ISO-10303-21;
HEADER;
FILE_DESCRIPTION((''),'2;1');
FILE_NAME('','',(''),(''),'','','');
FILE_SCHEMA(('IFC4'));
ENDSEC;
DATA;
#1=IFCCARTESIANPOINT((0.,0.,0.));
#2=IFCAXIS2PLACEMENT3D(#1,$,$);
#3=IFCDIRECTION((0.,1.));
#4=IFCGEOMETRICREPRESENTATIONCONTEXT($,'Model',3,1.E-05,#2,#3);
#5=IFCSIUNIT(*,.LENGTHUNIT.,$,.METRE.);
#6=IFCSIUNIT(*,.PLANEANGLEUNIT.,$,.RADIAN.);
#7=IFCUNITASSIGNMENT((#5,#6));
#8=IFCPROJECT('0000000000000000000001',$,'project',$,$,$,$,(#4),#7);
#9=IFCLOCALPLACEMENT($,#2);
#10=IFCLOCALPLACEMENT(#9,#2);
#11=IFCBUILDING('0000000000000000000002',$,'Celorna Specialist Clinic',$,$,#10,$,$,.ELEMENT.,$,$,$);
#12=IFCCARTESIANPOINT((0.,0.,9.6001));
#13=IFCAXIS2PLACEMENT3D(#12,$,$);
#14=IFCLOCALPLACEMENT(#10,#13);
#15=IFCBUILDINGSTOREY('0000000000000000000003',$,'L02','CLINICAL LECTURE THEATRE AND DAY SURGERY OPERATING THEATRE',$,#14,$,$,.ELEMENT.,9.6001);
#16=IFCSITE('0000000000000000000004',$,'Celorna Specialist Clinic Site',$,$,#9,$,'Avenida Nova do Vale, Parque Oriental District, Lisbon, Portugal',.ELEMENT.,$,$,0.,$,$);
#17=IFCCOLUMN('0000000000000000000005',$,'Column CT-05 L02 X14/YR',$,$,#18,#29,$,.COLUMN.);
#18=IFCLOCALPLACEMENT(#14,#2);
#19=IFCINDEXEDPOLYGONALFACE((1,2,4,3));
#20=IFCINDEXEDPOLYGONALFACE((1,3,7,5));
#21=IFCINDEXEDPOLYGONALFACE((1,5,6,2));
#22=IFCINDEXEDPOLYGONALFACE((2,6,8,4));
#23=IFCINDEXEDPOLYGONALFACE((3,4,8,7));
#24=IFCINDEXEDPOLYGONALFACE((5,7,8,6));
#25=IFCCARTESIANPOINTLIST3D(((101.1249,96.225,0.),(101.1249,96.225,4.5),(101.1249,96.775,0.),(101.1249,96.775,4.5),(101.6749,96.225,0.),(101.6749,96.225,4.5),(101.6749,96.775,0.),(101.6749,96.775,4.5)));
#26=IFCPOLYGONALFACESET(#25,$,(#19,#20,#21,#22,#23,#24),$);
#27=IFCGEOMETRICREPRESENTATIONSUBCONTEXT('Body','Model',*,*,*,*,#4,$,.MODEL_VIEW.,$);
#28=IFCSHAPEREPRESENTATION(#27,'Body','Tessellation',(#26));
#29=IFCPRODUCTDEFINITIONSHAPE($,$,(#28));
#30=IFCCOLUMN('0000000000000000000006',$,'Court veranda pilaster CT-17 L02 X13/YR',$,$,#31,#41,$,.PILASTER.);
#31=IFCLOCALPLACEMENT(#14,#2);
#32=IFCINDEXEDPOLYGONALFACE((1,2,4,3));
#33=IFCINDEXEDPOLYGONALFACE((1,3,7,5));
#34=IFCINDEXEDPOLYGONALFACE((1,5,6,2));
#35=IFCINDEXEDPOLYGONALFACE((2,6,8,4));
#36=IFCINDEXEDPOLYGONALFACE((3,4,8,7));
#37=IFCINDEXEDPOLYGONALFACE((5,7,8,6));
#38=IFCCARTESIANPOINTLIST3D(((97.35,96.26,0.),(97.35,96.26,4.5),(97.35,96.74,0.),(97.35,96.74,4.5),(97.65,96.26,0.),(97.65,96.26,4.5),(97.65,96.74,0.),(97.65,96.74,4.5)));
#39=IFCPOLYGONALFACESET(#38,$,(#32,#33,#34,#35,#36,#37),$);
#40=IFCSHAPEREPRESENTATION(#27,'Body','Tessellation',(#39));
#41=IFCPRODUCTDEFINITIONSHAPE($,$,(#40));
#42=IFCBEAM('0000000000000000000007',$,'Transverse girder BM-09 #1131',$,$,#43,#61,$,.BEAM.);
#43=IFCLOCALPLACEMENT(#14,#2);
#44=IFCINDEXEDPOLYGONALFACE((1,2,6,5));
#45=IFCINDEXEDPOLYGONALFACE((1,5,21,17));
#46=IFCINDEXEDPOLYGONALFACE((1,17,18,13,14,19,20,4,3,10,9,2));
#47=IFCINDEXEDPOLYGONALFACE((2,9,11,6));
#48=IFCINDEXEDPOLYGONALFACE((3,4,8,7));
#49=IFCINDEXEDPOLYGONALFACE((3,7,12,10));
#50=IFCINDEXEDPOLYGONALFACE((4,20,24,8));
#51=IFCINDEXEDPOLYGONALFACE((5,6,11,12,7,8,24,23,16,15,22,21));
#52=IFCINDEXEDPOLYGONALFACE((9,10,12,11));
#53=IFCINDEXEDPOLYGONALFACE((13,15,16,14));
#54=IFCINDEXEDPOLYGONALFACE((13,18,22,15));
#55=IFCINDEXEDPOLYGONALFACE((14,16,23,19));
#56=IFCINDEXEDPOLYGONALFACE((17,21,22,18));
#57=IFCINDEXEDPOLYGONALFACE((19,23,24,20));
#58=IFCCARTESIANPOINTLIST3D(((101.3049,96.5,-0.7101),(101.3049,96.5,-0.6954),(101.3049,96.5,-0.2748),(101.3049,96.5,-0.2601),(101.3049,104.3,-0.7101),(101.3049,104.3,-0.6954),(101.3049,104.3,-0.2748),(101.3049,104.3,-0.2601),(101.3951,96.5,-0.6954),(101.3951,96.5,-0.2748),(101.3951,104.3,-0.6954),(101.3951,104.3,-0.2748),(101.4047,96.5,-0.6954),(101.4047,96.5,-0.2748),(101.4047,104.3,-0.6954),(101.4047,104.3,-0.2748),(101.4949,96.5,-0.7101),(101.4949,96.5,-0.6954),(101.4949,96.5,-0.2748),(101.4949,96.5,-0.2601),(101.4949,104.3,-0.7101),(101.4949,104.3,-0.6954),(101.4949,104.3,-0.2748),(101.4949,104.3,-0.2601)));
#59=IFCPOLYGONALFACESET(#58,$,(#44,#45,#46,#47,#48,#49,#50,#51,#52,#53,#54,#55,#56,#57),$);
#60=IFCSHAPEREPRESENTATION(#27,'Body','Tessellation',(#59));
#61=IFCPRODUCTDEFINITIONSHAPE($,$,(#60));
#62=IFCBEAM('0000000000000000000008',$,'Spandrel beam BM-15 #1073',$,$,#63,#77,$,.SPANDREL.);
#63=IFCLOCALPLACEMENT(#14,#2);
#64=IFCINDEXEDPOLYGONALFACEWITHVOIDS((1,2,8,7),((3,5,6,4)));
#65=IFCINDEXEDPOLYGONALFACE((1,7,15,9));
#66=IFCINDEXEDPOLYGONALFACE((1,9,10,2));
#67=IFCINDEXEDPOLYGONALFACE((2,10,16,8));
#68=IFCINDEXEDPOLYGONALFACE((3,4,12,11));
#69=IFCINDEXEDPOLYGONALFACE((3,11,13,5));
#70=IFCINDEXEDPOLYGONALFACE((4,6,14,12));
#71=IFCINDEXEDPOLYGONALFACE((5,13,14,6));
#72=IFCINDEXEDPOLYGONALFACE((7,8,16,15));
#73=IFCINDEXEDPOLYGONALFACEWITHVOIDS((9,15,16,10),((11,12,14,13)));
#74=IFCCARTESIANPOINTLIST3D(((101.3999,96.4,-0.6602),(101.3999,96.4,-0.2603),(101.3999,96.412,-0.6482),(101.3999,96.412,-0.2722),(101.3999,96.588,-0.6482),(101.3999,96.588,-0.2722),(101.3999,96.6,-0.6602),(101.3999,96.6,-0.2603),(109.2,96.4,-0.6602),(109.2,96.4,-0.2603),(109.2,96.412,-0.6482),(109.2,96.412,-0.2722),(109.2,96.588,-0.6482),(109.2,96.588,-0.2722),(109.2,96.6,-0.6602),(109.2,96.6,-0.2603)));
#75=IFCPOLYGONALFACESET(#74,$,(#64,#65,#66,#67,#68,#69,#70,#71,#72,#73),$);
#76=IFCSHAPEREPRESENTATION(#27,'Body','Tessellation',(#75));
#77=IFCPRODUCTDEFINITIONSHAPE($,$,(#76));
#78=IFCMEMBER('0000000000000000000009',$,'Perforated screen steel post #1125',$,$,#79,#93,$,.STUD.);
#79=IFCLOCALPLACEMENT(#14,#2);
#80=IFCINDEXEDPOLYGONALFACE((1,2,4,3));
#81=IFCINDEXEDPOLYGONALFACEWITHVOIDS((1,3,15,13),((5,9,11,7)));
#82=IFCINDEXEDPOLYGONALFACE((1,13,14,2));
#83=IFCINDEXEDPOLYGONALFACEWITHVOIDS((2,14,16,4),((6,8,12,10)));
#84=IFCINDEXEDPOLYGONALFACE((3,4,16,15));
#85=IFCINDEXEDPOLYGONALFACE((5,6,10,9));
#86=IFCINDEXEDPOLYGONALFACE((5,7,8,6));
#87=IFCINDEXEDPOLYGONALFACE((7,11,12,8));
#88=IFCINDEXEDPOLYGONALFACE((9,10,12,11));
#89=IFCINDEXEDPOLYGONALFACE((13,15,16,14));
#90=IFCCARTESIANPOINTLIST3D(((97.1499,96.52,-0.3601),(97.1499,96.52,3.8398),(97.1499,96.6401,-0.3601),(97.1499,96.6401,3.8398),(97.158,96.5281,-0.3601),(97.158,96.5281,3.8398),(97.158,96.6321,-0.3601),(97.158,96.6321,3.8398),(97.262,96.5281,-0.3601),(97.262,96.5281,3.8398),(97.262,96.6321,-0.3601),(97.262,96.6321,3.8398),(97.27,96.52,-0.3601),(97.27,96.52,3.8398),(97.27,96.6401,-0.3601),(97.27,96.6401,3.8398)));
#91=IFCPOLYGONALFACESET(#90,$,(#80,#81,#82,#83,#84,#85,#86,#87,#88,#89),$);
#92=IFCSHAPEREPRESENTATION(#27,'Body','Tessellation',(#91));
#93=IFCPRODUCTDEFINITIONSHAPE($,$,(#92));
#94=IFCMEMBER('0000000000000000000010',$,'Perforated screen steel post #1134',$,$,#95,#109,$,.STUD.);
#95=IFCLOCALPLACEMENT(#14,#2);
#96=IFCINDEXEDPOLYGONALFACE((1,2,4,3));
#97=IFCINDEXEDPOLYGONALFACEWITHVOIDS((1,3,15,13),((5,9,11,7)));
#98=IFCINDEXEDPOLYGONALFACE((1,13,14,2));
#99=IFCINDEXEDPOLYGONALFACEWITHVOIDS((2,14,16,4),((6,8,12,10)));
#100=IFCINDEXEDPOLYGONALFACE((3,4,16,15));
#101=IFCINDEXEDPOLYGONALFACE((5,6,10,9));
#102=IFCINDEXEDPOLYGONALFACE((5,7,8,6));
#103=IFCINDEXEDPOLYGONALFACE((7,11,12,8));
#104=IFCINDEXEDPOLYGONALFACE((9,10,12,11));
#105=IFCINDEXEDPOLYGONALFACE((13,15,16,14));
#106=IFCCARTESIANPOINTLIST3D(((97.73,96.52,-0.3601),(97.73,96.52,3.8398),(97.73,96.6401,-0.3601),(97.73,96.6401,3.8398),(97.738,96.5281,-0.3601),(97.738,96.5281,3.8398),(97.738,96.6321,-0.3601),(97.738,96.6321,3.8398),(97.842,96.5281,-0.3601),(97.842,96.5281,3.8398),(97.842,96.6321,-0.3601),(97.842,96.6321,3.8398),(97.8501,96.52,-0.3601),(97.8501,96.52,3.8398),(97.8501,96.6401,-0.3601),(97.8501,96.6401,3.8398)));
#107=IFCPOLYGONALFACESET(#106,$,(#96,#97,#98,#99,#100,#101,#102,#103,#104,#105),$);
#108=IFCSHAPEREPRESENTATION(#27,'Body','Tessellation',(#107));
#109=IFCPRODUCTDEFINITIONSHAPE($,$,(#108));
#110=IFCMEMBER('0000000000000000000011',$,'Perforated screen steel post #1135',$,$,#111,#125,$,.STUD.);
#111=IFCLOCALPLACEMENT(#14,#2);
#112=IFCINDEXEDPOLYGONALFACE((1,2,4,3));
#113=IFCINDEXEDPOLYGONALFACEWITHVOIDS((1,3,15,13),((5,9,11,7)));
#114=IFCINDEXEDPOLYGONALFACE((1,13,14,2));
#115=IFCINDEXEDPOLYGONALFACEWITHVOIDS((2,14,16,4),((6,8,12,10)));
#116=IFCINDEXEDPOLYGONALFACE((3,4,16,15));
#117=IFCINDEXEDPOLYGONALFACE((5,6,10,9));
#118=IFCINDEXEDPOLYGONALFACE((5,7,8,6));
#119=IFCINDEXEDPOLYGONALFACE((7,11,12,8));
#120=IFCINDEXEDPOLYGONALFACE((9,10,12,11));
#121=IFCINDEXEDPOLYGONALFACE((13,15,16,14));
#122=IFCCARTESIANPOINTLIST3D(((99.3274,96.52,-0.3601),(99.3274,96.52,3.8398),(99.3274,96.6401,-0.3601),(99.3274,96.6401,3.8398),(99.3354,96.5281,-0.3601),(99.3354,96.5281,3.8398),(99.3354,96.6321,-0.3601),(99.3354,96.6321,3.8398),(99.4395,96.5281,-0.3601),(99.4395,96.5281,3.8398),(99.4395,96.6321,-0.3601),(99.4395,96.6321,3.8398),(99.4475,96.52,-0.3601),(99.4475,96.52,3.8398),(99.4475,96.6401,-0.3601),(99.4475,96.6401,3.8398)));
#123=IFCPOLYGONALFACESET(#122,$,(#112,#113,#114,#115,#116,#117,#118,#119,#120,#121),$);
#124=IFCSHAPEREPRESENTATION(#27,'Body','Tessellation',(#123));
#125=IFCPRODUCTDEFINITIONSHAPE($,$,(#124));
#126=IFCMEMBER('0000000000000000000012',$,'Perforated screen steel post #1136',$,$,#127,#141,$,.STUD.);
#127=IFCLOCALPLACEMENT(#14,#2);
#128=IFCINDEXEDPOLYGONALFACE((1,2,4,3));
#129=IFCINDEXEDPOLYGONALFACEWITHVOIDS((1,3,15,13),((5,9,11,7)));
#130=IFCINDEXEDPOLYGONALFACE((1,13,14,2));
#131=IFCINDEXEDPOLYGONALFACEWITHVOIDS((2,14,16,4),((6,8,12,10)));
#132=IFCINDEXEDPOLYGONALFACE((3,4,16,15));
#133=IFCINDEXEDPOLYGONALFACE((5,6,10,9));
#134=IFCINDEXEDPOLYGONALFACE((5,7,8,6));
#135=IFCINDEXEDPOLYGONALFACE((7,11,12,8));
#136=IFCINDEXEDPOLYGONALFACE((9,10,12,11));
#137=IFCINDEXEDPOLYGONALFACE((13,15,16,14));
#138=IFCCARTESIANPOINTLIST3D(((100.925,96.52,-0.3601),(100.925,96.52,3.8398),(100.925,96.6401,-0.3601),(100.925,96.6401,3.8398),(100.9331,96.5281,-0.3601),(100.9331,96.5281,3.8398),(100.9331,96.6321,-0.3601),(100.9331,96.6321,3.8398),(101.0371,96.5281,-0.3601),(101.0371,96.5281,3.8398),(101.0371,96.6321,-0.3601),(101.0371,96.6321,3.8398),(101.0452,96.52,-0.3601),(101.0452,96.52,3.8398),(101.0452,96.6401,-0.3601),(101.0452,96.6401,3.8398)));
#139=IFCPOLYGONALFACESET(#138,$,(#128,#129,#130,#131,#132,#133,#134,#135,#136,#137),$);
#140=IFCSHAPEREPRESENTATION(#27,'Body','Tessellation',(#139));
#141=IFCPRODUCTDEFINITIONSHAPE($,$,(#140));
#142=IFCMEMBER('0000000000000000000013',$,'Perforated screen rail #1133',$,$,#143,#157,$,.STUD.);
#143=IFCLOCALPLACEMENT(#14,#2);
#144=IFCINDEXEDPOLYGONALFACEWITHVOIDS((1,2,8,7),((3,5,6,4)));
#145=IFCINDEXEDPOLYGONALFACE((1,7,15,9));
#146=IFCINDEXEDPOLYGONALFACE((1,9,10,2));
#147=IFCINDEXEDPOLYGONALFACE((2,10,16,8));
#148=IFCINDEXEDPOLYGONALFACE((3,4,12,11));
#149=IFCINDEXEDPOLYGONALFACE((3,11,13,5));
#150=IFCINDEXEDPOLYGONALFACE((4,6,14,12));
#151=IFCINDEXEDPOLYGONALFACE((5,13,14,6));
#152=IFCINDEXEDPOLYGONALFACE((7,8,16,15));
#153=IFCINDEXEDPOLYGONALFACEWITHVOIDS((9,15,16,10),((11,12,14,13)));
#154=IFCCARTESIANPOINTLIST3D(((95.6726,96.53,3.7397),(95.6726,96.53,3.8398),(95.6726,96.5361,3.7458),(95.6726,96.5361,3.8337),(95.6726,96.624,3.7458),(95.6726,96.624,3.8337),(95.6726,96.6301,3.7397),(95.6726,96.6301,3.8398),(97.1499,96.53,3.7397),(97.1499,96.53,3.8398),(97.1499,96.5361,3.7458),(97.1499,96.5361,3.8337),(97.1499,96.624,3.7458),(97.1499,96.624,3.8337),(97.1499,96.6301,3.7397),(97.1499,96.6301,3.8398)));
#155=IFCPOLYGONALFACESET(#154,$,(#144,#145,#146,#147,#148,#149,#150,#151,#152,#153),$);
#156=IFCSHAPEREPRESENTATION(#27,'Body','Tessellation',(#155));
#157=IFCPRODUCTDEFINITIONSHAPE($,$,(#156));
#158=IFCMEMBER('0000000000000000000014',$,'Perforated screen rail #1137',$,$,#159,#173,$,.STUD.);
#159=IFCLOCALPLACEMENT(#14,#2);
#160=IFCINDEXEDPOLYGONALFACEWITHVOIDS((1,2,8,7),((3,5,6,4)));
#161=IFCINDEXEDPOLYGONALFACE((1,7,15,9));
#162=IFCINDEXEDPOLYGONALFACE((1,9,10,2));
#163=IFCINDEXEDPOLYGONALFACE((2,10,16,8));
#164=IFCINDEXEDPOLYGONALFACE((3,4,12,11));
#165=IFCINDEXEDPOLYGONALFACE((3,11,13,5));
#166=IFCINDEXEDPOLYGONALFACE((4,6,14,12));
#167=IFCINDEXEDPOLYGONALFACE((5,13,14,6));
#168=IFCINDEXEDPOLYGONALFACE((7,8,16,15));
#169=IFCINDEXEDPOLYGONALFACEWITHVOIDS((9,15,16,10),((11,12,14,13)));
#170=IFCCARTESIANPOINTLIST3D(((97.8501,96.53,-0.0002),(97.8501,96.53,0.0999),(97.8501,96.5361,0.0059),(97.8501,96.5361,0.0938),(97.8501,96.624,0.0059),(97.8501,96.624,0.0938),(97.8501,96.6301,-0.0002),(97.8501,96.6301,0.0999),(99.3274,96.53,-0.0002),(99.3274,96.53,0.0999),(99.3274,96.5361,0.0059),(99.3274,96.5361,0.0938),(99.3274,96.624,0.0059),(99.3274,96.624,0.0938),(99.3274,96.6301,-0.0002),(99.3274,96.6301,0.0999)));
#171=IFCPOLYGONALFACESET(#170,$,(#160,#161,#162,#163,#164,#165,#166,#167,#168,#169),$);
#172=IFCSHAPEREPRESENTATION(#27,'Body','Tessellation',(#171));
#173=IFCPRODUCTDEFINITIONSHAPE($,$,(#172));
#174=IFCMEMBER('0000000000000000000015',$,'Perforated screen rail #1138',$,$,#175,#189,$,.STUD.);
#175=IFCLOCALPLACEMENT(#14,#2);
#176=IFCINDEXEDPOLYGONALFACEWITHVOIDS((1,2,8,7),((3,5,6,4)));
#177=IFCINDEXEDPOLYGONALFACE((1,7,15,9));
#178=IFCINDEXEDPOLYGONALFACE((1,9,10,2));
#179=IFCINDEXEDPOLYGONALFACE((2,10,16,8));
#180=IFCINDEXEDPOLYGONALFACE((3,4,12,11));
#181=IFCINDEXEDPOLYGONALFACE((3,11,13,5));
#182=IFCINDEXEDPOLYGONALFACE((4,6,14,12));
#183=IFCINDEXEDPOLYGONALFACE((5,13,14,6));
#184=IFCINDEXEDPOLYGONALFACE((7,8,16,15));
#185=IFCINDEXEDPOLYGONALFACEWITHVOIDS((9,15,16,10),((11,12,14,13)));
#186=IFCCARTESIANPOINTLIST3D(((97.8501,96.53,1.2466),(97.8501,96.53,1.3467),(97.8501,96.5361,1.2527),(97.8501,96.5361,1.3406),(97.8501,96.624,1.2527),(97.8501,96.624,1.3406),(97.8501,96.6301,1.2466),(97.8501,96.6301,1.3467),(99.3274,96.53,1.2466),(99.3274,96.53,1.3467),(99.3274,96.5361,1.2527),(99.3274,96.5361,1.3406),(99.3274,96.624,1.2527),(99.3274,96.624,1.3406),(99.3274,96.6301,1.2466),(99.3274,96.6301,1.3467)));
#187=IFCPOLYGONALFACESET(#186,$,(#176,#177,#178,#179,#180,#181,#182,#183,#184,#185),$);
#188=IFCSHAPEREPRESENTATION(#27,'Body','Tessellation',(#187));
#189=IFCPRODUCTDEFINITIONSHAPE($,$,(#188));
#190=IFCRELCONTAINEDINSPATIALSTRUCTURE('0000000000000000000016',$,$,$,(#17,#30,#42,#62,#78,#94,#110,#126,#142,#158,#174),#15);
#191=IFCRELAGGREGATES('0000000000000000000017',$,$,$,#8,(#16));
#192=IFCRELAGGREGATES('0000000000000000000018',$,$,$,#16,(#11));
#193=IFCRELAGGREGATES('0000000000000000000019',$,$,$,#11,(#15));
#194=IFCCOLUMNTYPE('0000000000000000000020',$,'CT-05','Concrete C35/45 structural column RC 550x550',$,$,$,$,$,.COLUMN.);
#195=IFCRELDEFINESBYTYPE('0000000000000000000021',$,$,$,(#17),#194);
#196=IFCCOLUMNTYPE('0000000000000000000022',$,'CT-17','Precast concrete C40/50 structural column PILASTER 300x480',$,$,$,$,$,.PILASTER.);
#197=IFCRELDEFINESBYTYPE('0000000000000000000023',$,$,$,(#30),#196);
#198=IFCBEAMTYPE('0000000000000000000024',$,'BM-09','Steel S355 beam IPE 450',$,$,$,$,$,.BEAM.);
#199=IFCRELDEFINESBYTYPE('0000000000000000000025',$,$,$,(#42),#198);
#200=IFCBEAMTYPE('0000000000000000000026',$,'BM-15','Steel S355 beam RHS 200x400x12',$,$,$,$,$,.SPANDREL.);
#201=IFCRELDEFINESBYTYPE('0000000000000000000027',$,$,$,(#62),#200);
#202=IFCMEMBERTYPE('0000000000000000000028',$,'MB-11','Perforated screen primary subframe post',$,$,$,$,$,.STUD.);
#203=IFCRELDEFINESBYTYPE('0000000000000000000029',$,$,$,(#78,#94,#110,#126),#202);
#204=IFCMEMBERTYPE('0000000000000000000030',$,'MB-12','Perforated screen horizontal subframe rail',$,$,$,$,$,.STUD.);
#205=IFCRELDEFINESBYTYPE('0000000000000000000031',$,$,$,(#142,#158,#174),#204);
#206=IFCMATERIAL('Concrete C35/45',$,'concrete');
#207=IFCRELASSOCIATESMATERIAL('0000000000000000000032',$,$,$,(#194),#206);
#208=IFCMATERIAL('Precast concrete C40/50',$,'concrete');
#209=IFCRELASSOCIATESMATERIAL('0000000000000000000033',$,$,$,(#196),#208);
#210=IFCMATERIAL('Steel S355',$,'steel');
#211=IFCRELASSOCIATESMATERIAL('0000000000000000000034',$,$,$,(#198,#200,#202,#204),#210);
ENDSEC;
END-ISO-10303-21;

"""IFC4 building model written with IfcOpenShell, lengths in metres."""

from ifc_helpers import new_model, si_unit, direction, frame, origin, origin_2d, place, context, subcontext, project, spatial, rectangle, hollow_rectangle, i_section, extrude, material, material_profile, profile_set, type_object, element, save


model = new_model("IFC4")

# Units and contexts
model_context = context("Model", 3, precision=1e-05, world=origin(), true_north=direction((0.0, 1.0)))
body_context = subcontext(model_context, "Body", "Model", "MODEL_VIEW")
ifc_project = project(units=[si_unit("LENGTHUNIT", "METRE"), si_unit("PLANEANGLEUNIT", "RADIAN")], contexts=[model_context])

# Site, building, storey
site_placement = place(None, origin())
site = spatial("IfcSite", under=ifc_project, at=site_placement, Name="Celorna Specialist Clinic Site", LongName="Avenida Nova do Vale, Parque Oriental District, Lisbon, Portugal", CompositionType="ELEMENT", RefElevation=0.0)
building_placement = place(site_placement, origin())
building = spatial("IfcBuilding", under=site, at=building_placement, Name="Celorna Specialist Clinic", CompositionType="ELEMENT")
storey_placement = place(building_placement, frame((0.0, 0.0, 9.6001)))
storey = spatial("IfcBuildingStorey", under=building, at=storey_placement, Name="L02", Description="CLINICAL LECTURE THEATRE AND DAY SURGERY OPERATING THEATRE", CompositionType="ELEMENT", Elevation=9.6001)

# Columns
ifc_material_1 = material(Name="Concrete C35/45", Category="concrete")
ifc_material_profile_1 = material_profile(ifc_material_1, rectangle(XDim=0.55, YDim=0.55, at=origin_2d()), Name="RC 550x550")
ifc_profile_set_1 = profile_set([ifc_material_profile_1], Name="Concrete C35/45")
column_type_1 = type_object("IfcColumnType", Name="CT-05", Description="Concrete C35/45 structural column RC 550x550", PredefinedType="COLUMN", material=ifc_profile_set_1)
column_1_placement = place(storey_placement, frame((101.3999, 96.5, 0.0), z_axis=(0.0, 0.0, 1.0), x_axis=(1.0, 0.0, 0.0)))
element("IfcColumn", 1, at=column_1_placement, inside=storey, type_object=column_type_1, Name="Column CT-05 L02 X14/YR", PredefinedType="COLUMN", context=body_context, shape_type="SweptSolid", body=[
    extrude(rectangle(XDim=0.55, YDim=0.55, at=origin_2d()), origin(), (0.0, 0.0, 1.0), 4.5),
])
ifc_material_2 = material(Name="Precast concrete C40/50", Category="concrete")
ifc_material_profile_2 = material_profile(ifc_material_2, rectangle(XDim=0.3, YDim=0.48, at=origin_2d()), Name="PILASTER 300x480")
ifc_profile_set_2 = profile_set([ifc_material_profile_2], Name="Precast concrete C40/50")
column_type_2 = type_object("IfcColumnType", Name="CT-17", Description="Precast concrete C40/50 structural column PILASTER 300x480", PredefinedType="PILASTER", material=ifc_profile_set_2)
column_2_placement = place(storey_placement, frame((97.5, 96.5, 0.0), z_axis=(0.0, 0.0, 1.0), x_axis=(1.0, 0.0, 0.0)))
element("IfcColumn", 2, at=column_2_placement, inside=storey, type_object=column_type_2, Name="Court veranda pilaster CT-17 L02 X13/YR", PredefinedType="PILASTER", context=body_context, shape_type="SweptSolid", body=[
    extrude(rectangle(XDim=0.3, YDim=0.48, at=origin_2d()), origin(), (0.0, 0.0, 1.0), 4.5),
])

# Beams
ifc_material_3 = material(Name="Steel S355", Category="steel")
ifc_material_profile_3 = material_profile(ifc_material_3, i_section(OverallWidth=0.1899, OverallDepth=0.45, WebThickness=0.0095, FlangeThickness=0.0146, at=origin_2d()), Name="IPE 450")
ifc_profile_set_3 = profile_set([ifc_material_profile_3], Name="Steel S355")
beam_type_1 = type_object("IfcBeamType", Name="BM-09", Description="Steel S355 beam IPE 450", PredefinedType="BEAM", material=ifc_profile_set_3)
beam_1_placement = place(storey_placement, frame((101.3999, 96.5, -0.4851), z_axis=(0.0, 1.0, 0.0), x_axis=(-1.0, 0.0, 0.0)))
element("IfcBeam", 3, at=beam_1_placement, inside=storey, type_object=beam_type_1, Name="Transverse girder BM-09 #1131", PredefinedType="BEAM", context=body_context, shape_type="SweptSolid", body=[
    extrude(i_section(OverallWidth=0.1899, OverallDepth=0.45, WebThickness=0.0095, FlangeThickness=0.0146, at=origin_2d()), origin(), (0.0, 0.0, 1.0), 7.8),
])
ifc_material_profile_4 = material_profile(ifc_material_3, hollow_rectangle(XDim=0.2, YDim=0.3999, WallThickness=0.012, at=origin_2d()), Name="RHS 200x400x12")
ifc_profile_set_4 = profile_set([ifc_material_profile_4], Name="Steel S355")
beam_type_2 = type_object("IfcBeamType", Name="BM-15", Description="Steel S355 beam RHS 200x400x12", PredefinedType="SPANDREL", material=ifc_profile_set_4)
beam_2_placement = place(storey_placement, frame((101.3999, 96.5, -0.4602), z_axis=(1.0, 0.0, 0.0), x_axis=(0.0, 1.0, 0.0)))
element("IfcBeam", 4, at=beam_2_placement, inside=storey, type_object=beam_type_2, Name="Spandrel beam BM-15 #1073", PredefinedType="SPANDREL", context=body_context, shape_type="SweptSolid", body=[
    extrude(hollow_rectangle(XDim=0.2, YDim=0.3999, WallThickness=0.012, at=origin_2d()), origin(), (0.0, 0.0, 1.0), 7.8),
])

# Members
ifc_material_profile_5 = material_profile(ifc_material_3, hollow_rectangle(XDim=0.1201, YDim=0.1201, WallThickness=0.0081, at=origin_2d()), Name="SHS 120x120x8")
ifc_profile_set_5 = profile_set([ifc_material_profile_5], Name="Steel S355")
member_type_1 = type_object("IfcMemberType", Name="MB-11", Description="Perforated screen primary subframe post", PredefinedType="STUD", material=ifc_profile_set_5)
for number, where, z_axis, x_axis, name in (
    (5, (97.21, 96.5801, -0.3601), (0.0, 0.0, 1.0), (1.0, 0.0, 0.0), "Perforated screen steel post #1125"),
    (6, (97.79, 96.5801, -0.3601), (0.0, 0.0, 1.0), (1.0, 0.0, 0.0), "Perforated screen steel post #1134"),
    (7, (99.3875, 96.5801, -0.3601), (0.0, 0.0, 1.0), (1.0, 0.0, 0.0), "Perforated screen steel post #1135"),
    (8, (100.9851, 96.5801, -0.3601), (0.0, 0.0, 1.0), (1.0, 0.0, 0.0), "Perforated screen steel post #1136"),
):
    element("IfcMember", number, at=place(storey_placement, frame(where, z_axis=z_axis, x_axis=x_axis)), inside=storey, type_object=member_type_1, Name=name, PredefinedType="STUD", context=body_context, shape_type="SweptSolid", body=[
        extrude(hollow_rectangle(XDim=0.1201, YDim=0.1201, WallThickness=0.0081, at=origin_2d()), origin(), (0.0, 0.0, 1.0), 4.2),
    ])
ifc_material_profile_6 = material_profile(ifc_material_3, hollow_rectangle(XDim=0.1001, YDim=0.1001, WallThickness=0.0061, at=origin_2d()), Name="SHS 100x100x6")
ifc_profile_set_6 = profile_set([ifc_material_profile_6], Name="Steel S355")
member_type_2 = type_object("IfcMemberType", Name="MB-12", Description="Perforated screen horizontal subframe rail", PredefinedType="STUD", material=ifc_profile_set_6)
for number, where, z_axis, x_axis, name in (
    (9, (95.6726, 96.5801, 3.7898), (1.0, 0.0, 0.0), (0.0, 1.0, 0.0), "Perforated screen rail #1133"),
    (10, (97.8501, 96.5801, 0.0498), (1.0, 0.0, 0.0), (0.0, 1.0, 0.0), "Perforated screen rail #1137"),
    (11, (97.8501, 96.5801, 1.2966), (1.0, 0.0, 0.0), (0.0, 1.0, 0.0), "Perforated screen rail #1138"),
):
    element("IfcMember", number, at=place(storey_placement, frame(where, z_axis=z_axis, x_axis=x_axis)), inside=storey, type_object=member_type_2, Name=name, PredefinedType="STUD", context=body_context, shape_type="SweptSolid", body=[
        extrude(hollow_rectangle(XDim=0.1001, YDim=0.1001, WallThickness=0.0061, at=origin_2d()), origin(), (0.0, 0.0, 1.0), 1.4773),
    ])

save(model, "model.ifc")
